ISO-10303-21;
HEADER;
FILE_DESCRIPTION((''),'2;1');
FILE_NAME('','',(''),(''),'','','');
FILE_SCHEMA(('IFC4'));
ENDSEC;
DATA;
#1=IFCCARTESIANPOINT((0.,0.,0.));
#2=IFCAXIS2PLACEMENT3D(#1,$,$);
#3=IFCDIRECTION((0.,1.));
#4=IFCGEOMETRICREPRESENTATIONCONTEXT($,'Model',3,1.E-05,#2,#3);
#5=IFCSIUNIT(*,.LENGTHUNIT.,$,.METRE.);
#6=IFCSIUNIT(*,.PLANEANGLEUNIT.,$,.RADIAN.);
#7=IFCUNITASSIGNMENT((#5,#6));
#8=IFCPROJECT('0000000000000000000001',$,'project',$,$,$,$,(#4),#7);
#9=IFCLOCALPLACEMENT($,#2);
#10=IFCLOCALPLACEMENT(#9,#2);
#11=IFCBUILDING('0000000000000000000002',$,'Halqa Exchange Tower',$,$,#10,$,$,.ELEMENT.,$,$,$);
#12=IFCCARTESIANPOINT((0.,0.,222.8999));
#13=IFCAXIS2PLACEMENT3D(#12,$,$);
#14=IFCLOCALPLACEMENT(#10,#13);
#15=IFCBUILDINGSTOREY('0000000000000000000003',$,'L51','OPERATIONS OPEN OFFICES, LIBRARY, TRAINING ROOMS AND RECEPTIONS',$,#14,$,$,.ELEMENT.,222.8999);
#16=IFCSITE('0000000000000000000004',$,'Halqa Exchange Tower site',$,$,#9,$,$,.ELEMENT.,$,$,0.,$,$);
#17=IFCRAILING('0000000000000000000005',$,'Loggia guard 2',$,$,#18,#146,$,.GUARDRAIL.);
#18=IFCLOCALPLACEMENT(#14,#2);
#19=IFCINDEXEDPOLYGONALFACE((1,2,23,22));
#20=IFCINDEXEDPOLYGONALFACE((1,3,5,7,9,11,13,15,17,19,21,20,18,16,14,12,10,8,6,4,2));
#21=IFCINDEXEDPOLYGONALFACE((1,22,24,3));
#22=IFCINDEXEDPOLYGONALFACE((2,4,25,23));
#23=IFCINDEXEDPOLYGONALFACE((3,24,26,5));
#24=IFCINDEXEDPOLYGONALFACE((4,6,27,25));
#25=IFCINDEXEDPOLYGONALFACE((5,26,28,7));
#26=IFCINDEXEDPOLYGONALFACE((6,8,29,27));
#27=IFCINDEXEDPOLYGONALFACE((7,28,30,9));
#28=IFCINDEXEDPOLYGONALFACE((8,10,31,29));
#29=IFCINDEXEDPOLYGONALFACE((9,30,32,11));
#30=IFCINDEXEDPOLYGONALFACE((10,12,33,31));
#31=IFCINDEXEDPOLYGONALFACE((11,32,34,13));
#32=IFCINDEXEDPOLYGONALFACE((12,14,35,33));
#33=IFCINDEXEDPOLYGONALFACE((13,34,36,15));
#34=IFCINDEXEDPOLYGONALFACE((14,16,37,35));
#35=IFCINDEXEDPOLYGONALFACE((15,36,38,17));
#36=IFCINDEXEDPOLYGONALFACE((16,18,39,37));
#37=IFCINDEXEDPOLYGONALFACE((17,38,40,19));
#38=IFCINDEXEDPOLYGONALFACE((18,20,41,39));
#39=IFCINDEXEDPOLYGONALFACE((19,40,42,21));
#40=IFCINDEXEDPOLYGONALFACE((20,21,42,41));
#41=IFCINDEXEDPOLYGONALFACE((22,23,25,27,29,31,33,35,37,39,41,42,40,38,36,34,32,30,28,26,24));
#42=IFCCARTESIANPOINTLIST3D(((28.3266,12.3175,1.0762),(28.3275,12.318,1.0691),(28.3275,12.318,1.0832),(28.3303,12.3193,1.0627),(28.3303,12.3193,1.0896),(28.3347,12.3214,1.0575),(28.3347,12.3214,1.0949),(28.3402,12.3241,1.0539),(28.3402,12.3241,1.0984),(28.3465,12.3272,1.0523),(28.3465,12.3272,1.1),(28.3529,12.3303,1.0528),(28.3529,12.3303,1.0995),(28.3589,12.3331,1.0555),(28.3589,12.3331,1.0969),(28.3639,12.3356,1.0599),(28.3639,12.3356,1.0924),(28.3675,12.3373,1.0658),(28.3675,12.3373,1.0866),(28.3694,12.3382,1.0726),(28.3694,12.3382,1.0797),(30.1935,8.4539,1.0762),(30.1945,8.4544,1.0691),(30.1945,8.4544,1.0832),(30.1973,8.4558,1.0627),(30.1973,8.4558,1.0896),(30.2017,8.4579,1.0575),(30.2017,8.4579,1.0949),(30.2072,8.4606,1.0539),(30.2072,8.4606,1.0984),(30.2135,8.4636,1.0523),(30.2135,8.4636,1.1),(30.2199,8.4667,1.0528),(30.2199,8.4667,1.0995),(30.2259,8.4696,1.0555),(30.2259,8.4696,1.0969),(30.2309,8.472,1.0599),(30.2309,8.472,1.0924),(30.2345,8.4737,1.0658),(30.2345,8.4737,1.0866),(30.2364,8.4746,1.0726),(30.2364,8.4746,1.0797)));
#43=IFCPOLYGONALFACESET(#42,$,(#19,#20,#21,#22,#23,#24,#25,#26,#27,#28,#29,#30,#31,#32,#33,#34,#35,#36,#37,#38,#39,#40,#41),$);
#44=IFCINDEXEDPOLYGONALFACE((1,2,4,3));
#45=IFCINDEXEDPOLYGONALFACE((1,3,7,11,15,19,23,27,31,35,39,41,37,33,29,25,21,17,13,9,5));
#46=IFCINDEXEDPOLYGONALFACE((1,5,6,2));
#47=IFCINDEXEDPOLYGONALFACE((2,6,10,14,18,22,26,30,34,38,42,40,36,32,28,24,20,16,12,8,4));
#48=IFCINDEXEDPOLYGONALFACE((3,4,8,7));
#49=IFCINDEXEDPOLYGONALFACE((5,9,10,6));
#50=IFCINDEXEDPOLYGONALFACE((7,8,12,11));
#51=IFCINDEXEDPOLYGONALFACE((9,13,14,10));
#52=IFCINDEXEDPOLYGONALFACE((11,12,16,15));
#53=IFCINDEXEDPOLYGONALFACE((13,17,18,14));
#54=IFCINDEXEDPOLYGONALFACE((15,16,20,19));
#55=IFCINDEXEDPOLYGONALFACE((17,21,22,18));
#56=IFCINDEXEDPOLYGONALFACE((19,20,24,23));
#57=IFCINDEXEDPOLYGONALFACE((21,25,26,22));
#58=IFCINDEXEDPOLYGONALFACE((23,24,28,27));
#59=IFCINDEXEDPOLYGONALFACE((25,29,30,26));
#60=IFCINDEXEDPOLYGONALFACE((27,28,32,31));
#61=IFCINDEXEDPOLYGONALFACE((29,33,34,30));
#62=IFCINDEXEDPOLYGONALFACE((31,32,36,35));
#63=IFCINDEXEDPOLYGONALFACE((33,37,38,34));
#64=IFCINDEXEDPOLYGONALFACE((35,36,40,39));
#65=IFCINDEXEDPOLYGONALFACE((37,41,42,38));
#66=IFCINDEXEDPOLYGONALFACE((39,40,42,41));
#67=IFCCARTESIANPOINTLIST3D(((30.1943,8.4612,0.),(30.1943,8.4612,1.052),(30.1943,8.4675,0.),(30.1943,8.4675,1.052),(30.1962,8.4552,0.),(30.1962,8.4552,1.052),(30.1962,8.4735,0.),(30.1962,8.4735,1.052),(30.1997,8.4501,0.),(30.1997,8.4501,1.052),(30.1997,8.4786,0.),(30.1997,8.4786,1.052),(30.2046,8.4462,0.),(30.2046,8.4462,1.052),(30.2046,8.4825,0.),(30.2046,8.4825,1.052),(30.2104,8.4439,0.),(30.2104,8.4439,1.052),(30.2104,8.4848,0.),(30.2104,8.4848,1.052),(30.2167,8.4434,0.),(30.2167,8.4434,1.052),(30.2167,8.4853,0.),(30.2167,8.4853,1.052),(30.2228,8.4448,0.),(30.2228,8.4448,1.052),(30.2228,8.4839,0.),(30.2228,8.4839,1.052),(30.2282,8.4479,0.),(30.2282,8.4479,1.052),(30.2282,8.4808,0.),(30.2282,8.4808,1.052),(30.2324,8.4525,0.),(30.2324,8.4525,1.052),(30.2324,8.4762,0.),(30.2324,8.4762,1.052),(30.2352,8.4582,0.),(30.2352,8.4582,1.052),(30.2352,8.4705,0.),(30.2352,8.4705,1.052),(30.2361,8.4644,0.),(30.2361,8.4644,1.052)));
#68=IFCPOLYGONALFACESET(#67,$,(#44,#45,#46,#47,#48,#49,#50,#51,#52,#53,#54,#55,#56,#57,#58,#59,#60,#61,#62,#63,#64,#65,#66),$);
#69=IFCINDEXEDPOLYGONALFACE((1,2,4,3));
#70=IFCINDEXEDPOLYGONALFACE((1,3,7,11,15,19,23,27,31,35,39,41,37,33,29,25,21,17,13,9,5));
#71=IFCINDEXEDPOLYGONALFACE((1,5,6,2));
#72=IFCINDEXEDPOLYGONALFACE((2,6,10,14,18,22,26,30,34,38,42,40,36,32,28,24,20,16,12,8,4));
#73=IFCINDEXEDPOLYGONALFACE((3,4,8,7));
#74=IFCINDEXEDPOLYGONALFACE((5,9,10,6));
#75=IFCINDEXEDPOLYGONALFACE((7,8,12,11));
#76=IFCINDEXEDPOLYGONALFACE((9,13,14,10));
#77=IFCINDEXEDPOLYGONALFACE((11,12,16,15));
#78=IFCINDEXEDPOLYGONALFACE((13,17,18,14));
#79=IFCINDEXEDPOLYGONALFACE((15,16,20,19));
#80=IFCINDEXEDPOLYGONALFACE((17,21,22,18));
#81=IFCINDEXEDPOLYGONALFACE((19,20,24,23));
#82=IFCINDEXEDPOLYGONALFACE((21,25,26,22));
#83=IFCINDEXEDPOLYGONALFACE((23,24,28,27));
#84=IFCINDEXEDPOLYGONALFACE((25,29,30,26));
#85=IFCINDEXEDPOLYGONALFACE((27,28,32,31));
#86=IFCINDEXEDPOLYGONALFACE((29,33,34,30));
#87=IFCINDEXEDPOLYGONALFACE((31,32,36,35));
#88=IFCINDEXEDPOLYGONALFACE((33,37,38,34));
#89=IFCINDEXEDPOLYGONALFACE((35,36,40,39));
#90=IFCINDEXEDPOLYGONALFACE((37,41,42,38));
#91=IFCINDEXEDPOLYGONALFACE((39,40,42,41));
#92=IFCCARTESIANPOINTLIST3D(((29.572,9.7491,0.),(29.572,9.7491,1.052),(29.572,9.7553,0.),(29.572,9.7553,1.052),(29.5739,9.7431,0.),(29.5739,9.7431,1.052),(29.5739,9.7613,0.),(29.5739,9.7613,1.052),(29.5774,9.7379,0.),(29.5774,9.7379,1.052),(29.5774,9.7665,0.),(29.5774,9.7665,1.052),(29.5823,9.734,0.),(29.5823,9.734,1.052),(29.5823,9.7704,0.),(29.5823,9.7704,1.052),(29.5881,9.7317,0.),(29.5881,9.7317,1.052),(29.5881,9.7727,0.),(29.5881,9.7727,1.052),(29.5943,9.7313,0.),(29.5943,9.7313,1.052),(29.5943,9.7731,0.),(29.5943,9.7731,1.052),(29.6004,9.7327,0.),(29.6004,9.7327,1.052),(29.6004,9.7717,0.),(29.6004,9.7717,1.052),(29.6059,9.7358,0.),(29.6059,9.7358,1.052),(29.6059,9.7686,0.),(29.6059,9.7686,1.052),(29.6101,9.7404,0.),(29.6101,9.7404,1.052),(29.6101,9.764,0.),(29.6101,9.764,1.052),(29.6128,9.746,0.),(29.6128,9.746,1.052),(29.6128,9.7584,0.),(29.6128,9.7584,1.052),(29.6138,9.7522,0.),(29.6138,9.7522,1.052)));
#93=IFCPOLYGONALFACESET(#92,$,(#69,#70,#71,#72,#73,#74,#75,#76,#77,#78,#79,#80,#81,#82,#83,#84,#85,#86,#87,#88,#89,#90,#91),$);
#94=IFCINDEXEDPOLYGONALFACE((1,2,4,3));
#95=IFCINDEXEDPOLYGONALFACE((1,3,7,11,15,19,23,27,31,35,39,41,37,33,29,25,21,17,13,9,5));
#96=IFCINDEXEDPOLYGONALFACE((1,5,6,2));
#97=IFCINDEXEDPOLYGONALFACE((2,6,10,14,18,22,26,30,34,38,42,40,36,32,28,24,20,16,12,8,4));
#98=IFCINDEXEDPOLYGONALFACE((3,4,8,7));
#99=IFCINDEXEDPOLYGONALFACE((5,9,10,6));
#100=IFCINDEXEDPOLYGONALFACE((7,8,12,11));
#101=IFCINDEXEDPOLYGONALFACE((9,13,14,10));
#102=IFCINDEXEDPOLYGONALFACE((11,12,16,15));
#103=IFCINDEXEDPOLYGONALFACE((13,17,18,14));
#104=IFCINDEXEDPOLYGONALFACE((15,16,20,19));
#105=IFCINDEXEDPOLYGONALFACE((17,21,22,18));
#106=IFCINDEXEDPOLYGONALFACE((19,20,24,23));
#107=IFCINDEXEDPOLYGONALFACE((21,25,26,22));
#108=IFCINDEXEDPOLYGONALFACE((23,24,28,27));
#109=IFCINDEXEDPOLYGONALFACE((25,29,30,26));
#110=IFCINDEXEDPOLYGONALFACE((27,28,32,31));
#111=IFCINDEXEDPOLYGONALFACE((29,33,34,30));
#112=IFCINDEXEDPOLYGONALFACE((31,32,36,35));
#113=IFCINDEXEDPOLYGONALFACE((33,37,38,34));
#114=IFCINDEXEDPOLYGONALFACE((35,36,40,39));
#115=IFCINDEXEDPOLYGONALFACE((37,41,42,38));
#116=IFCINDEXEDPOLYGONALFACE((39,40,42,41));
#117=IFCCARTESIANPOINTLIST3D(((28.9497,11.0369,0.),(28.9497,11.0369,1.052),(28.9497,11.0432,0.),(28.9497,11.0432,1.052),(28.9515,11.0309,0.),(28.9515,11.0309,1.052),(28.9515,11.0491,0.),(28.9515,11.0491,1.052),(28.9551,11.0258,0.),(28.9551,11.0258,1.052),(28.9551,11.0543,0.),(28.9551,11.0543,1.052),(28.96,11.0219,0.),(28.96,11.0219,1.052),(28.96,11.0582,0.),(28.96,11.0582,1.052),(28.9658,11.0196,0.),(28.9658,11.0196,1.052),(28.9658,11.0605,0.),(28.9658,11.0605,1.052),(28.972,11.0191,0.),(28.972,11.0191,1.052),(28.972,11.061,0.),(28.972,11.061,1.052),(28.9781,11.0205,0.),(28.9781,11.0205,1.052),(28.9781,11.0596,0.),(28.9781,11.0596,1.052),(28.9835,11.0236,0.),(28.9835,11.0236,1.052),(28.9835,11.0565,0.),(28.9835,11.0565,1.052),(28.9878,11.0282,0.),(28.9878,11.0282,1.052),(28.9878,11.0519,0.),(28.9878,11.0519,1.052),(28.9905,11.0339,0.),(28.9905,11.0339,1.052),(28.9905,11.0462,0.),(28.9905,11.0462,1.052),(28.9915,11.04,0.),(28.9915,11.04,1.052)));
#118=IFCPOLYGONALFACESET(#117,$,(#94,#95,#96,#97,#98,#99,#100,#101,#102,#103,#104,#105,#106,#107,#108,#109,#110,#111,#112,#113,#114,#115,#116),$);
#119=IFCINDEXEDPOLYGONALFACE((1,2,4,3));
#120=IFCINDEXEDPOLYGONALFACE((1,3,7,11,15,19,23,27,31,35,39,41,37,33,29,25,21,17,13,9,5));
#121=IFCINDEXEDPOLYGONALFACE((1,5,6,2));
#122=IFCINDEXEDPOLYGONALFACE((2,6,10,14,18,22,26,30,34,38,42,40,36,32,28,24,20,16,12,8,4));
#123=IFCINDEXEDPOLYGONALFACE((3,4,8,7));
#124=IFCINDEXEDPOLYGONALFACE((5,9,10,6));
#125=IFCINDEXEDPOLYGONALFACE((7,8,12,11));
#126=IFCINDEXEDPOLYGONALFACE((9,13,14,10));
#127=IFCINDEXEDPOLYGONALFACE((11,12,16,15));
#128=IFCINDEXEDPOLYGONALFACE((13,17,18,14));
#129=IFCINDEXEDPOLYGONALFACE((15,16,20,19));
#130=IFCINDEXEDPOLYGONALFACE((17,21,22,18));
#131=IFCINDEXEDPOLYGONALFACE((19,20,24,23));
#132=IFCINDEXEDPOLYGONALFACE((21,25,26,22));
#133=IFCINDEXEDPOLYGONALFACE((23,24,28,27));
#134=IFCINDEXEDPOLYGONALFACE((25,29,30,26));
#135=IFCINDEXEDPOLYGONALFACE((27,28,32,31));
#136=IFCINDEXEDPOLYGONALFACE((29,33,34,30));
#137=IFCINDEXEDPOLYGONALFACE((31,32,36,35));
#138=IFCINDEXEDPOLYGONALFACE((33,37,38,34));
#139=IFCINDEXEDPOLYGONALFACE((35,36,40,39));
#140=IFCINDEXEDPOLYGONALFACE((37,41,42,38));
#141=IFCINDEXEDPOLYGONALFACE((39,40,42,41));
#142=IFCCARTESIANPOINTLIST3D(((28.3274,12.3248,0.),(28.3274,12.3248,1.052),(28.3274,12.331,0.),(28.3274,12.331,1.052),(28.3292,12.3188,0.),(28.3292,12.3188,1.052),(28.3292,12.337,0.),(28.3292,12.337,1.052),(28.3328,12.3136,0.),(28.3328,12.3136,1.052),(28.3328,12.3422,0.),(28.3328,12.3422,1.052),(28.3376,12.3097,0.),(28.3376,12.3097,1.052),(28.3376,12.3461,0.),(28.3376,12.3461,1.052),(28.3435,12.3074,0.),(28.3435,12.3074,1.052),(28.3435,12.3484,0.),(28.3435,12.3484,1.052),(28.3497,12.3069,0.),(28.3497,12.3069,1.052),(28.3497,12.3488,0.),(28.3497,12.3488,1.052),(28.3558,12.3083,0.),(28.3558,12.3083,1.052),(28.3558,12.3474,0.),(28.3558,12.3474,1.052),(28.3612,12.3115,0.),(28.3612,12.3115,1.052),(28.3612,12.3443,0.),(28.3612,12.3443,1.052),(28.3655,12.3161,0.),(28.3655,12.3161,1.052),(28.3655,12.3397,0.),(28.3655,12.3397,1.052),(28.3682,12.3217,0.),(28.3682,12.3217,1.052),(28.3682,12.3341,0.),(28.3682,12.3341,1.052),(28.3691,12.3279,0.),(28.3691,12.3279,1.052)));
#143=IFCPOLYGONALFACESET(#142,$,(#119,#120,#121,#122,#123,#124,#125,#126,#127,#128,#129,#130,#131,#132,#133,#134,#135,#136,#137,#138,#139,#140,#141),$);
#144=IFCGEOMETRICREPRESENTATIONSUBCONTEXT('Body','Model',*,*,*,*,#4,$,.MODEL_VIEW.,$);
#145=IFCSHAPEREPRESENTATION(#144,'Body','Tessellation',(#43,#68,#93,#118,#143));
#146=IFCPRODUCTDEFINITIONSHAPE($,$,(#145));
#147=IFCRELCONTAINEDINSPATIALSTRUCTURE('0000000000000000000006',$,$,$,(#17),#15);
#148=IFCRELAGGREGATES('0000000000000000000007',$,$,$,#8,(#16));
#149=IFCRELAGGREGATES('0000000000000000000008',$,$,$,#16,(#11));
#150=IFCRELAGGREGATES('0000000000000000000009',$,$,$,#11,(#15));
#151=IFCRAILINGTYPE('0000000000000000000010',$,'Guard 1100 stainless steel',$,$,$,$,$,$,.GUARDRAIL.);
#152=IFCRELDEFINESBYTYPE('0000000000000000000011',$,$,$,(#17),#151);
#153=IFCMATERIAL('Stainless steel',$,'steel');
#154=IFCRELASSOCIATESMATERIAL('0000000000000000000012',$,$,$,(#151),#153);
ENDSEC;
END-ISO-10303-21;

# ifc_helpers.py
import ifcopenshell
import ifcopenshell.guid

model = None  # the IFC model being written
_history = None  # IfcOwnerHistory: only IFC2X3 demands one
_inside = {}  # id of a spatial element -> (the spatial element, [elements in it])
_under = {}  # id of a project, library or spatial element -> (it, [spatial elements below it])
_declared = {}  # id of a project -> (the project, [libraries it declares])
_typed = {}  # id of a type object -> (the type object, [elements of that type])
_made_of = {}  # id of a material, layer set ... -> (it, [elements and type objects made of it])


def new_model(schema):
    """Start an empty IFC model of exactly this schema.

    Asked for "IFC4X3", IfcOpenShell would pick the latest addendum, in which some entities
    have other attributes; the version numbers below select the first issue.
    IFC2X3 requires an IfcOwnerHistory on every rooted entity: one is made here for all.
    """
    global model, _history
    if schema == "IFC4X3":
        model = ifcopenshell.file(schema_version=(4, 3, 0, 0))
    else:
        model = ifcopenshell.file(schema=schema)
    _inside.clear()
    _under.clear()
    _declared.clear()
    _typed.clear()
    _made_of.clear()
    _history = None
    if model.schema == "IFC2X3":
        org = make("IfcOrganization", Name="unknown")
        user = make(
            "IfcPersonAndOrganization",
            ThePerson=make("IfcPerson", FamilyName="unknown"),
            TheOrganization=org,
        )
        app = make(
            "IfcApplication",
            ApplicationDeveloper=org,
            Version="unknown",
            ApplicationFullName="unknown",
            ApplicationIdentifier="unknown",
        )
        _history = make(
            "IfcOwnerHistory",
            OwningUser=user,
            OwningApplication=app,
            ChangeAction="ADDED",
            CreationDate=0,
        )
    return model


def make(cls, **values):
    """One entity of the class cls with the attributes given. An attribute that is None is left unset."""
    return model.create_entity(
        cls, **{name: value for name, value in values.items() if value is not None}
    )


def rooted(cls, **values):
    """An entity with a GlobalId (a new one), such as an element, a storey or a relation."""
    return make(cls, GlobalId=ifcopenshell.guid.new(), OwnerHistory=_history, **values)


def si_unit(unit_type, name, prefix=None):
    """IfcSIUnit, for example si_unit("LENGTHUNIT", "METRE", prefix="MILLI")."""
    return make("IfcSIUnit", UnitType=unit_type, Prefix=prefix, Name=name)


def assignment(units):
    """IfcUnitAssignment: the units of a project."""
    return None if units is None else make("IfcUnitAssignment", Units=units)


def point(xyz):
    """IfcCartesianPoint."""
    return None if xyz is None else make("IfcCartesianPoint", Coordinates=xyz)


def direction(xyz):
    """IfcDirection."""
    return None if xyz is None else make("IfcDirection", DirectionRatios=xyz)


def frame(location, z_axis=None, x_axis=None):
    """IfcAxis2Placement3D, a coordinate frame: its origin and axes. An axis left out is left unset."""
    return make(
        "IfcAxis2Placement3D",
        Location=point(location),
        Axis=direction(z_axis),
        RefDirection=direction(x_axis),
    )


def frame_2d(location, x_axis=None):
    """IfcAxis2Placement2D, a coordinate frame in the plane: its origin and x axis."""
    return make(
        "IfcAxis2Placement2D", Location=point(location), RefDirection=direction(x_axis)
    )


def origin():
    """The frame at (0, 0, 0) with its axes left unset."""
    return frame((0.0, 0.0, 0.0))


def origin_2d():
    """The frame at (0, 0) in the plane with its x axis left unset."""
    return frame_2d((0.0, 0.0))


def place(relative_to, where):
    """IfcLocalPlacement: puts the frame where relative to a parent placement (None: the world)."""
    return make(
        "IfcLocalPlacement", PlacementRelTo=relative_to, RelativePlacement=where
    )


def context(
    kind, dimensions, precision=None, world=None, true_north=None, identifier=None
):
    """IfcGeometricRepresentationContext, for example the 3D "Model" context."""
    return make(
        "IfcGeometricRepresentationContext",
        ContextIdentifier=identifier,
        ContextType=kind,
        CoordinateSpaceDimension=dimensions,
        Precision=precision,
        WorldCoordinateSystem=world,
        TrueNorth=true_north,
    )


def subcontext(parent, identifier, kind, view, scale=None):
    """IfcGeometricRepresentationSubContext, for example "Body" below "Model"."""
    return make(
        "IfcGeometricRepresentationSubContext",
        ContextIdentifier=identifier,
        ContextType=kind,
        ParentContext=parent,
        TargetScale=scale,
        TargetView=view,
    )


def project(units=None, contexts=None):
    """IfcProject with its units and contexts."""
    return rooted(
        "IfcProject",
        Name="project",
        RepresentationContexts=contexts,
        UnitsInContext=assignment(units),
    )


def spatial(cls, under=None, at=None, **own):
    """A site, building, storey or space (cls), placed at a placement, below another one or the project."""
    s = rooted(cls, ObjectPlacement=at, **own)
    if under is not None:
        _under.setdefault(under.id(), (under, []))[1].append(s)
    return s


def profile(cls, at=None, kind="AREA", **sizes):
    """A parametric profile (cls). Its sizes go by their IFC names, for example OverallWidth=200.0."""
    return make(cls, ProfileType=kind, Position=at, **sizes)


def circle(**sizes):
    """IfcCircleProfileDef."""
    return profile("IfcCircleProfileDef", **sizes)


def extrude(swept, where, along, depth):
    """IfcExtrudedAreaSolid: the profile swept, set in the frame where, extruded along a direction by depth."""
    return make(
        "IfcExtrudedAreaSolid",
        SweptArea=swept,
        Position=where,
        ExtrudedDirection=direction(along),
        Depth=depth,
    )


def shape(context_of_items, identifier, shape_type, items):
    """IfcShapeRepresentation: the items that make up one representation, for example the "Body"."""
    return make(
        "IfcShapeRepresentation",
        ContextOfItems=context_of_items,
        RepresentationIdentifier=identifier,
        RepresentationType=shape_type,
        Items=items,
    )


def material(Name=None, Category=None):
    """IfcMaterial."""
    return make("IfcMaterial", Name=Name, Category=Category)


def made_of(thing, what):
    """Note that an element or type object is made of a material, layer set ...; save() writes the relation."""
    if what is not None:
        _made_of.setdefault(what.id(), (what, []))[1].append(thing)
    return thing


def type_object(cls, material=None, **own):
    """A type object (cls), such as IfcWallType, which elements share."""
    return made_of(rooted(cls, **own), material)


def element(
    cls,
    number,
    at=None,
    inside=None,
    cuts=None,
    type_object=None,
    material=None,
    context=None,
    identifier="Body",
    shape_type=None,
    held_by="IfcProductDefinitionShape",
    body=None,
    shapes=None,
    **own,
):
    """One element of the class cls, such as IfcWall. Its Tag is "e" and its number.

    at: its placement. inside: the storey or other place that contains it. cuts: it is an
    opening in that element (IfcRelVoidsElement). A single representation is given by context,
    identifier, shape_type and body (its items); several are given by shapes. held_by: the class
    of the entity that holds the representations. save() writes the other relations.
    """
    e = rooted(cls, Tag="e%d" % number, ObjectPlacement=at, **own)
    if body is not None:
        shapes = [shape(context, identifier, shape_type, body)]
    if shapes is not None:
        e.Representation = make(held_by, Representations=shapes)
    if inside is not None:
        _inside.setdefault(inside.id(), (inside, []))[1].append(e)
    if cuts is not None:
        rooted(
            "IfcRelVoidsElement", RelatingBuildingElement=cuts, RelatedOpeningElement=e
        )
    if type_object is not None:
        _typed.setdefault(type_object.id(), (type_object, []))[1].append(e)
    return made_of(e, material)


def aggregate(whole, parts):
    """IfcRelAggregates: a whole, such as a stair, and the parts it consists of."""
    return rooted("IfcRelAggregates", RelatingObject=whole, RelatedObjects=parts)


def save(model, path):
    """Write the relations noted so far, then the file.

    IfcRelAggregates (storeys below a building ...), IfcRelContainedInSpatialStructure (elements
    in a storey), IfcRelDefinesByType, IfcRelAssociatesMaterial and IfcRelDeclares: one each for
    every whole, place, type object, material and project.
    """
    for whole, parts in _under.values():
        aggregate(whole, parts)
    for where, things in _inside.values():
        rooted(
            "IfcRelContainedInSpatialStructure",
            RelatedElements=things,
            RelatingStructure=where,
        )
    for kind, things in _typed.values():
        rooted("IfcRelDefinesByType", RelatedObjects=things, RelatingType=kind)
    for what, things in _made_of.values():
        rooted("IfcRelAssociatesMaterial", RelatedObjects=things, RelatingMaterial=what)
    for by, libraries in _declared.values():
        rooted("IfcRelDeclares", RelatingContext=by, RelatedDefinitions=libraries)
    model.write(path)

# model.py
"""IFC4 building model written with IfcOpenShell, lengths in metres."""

from ifc_helpers import new_model, si_unit, direction, frame, origin, origin_2d, place, context, subcontext, project, spatial, circle, extrude, material, type_object, element, save


model = new_model("IFC4")

# Units and contexts
model_context = context("Model", 3, precision=1e-05, world=origin(), true_north=direction((0.0, 1.0)))
body_context = subcontext(model_context, "Body", "Model", "MODEL_VIEW")
ifc_project = project(units=[si_unit("LENGTHUNIT", "METRE"), si_unit("PLANEANGLEUNIT", "RADIAN")], contexts=[model_context])

# Site, building, storey
site_placement = place(None, origin())
site = spatial("IfcSite", under=ifc_project, at=site_placement, Name="Halqa Exchange Tower site", CompositionType="ELEMENT", RefElevation=0.0)
building_placement = place(site_placement, origin())
building = spatial("IfcBuilding", under=site, at=building_placement, Name="Halqa Exchange Tower", CompositionType="ELEMENT")
storey_placement = place(building_placement, frame((0.0, 0.0, 222.8999)))
storey = spatial("IfcBuildingStorey", under=building, at=storey_placement, Name="L51", Description="OPERATIONS OPEN OFFICES, LIBRARY, TRAINING ROOMS AND RECEPTIONS", CompositionType="ELEMENT", Elevation=222.8999)

# Railing
ifc_material_1 = material(Name="Stainless steel", Category="steel")
railing_type = type_object("IfcRailingType", Name="Guard 1100 stainless steel", PredefinedType="GUARDRAIL", material=ifc_material_1)
railing_1_placement = place(storey_placement, frame((30.2151, 8.4644, 0.0)))
element("IfcRailing", 1, at=railing_1_placement, inside=storey, type_object=railing_type, Name="Loggia guard 2", PredefinedType="GUARDRAIL", context=body_context, shape_type="SweptSolid", body=[
    extrude(circle(Radius=0.0239, at=origin_2d()), frame((0.0, 0.0, 1.0762), z_axis=(-0.435088, 0.900388, 0.0), x_axis=(-0.900388, -0.435088, 0.0)), (0.0, 0.0, 1.0), 4.291),
    extrude(circle(Radius=0.021, at=origin_2d()), origin(), (0.0, 0.0, 1.0), 1.052),
    extrude(circle(Radius=0.021, at=origin_2d()), frame((-0.6223, 1.2878, 0.0)), (0.0, 0.0, 1.0), 1.052),
    extrude(circle(Radius=0.021, at=origin_2d()), frame((-1.2446, 2.5757, 0.0)), (0.0, 0.0, 1.0), 1.052),
    extrude(circle(Radius=0.021, at=origin_2d()), frame((-1.8669, 3.8635, 0.0)), (0.0, 0.0, 1.0), 1.052),
])

save(model, "model.ifc")
